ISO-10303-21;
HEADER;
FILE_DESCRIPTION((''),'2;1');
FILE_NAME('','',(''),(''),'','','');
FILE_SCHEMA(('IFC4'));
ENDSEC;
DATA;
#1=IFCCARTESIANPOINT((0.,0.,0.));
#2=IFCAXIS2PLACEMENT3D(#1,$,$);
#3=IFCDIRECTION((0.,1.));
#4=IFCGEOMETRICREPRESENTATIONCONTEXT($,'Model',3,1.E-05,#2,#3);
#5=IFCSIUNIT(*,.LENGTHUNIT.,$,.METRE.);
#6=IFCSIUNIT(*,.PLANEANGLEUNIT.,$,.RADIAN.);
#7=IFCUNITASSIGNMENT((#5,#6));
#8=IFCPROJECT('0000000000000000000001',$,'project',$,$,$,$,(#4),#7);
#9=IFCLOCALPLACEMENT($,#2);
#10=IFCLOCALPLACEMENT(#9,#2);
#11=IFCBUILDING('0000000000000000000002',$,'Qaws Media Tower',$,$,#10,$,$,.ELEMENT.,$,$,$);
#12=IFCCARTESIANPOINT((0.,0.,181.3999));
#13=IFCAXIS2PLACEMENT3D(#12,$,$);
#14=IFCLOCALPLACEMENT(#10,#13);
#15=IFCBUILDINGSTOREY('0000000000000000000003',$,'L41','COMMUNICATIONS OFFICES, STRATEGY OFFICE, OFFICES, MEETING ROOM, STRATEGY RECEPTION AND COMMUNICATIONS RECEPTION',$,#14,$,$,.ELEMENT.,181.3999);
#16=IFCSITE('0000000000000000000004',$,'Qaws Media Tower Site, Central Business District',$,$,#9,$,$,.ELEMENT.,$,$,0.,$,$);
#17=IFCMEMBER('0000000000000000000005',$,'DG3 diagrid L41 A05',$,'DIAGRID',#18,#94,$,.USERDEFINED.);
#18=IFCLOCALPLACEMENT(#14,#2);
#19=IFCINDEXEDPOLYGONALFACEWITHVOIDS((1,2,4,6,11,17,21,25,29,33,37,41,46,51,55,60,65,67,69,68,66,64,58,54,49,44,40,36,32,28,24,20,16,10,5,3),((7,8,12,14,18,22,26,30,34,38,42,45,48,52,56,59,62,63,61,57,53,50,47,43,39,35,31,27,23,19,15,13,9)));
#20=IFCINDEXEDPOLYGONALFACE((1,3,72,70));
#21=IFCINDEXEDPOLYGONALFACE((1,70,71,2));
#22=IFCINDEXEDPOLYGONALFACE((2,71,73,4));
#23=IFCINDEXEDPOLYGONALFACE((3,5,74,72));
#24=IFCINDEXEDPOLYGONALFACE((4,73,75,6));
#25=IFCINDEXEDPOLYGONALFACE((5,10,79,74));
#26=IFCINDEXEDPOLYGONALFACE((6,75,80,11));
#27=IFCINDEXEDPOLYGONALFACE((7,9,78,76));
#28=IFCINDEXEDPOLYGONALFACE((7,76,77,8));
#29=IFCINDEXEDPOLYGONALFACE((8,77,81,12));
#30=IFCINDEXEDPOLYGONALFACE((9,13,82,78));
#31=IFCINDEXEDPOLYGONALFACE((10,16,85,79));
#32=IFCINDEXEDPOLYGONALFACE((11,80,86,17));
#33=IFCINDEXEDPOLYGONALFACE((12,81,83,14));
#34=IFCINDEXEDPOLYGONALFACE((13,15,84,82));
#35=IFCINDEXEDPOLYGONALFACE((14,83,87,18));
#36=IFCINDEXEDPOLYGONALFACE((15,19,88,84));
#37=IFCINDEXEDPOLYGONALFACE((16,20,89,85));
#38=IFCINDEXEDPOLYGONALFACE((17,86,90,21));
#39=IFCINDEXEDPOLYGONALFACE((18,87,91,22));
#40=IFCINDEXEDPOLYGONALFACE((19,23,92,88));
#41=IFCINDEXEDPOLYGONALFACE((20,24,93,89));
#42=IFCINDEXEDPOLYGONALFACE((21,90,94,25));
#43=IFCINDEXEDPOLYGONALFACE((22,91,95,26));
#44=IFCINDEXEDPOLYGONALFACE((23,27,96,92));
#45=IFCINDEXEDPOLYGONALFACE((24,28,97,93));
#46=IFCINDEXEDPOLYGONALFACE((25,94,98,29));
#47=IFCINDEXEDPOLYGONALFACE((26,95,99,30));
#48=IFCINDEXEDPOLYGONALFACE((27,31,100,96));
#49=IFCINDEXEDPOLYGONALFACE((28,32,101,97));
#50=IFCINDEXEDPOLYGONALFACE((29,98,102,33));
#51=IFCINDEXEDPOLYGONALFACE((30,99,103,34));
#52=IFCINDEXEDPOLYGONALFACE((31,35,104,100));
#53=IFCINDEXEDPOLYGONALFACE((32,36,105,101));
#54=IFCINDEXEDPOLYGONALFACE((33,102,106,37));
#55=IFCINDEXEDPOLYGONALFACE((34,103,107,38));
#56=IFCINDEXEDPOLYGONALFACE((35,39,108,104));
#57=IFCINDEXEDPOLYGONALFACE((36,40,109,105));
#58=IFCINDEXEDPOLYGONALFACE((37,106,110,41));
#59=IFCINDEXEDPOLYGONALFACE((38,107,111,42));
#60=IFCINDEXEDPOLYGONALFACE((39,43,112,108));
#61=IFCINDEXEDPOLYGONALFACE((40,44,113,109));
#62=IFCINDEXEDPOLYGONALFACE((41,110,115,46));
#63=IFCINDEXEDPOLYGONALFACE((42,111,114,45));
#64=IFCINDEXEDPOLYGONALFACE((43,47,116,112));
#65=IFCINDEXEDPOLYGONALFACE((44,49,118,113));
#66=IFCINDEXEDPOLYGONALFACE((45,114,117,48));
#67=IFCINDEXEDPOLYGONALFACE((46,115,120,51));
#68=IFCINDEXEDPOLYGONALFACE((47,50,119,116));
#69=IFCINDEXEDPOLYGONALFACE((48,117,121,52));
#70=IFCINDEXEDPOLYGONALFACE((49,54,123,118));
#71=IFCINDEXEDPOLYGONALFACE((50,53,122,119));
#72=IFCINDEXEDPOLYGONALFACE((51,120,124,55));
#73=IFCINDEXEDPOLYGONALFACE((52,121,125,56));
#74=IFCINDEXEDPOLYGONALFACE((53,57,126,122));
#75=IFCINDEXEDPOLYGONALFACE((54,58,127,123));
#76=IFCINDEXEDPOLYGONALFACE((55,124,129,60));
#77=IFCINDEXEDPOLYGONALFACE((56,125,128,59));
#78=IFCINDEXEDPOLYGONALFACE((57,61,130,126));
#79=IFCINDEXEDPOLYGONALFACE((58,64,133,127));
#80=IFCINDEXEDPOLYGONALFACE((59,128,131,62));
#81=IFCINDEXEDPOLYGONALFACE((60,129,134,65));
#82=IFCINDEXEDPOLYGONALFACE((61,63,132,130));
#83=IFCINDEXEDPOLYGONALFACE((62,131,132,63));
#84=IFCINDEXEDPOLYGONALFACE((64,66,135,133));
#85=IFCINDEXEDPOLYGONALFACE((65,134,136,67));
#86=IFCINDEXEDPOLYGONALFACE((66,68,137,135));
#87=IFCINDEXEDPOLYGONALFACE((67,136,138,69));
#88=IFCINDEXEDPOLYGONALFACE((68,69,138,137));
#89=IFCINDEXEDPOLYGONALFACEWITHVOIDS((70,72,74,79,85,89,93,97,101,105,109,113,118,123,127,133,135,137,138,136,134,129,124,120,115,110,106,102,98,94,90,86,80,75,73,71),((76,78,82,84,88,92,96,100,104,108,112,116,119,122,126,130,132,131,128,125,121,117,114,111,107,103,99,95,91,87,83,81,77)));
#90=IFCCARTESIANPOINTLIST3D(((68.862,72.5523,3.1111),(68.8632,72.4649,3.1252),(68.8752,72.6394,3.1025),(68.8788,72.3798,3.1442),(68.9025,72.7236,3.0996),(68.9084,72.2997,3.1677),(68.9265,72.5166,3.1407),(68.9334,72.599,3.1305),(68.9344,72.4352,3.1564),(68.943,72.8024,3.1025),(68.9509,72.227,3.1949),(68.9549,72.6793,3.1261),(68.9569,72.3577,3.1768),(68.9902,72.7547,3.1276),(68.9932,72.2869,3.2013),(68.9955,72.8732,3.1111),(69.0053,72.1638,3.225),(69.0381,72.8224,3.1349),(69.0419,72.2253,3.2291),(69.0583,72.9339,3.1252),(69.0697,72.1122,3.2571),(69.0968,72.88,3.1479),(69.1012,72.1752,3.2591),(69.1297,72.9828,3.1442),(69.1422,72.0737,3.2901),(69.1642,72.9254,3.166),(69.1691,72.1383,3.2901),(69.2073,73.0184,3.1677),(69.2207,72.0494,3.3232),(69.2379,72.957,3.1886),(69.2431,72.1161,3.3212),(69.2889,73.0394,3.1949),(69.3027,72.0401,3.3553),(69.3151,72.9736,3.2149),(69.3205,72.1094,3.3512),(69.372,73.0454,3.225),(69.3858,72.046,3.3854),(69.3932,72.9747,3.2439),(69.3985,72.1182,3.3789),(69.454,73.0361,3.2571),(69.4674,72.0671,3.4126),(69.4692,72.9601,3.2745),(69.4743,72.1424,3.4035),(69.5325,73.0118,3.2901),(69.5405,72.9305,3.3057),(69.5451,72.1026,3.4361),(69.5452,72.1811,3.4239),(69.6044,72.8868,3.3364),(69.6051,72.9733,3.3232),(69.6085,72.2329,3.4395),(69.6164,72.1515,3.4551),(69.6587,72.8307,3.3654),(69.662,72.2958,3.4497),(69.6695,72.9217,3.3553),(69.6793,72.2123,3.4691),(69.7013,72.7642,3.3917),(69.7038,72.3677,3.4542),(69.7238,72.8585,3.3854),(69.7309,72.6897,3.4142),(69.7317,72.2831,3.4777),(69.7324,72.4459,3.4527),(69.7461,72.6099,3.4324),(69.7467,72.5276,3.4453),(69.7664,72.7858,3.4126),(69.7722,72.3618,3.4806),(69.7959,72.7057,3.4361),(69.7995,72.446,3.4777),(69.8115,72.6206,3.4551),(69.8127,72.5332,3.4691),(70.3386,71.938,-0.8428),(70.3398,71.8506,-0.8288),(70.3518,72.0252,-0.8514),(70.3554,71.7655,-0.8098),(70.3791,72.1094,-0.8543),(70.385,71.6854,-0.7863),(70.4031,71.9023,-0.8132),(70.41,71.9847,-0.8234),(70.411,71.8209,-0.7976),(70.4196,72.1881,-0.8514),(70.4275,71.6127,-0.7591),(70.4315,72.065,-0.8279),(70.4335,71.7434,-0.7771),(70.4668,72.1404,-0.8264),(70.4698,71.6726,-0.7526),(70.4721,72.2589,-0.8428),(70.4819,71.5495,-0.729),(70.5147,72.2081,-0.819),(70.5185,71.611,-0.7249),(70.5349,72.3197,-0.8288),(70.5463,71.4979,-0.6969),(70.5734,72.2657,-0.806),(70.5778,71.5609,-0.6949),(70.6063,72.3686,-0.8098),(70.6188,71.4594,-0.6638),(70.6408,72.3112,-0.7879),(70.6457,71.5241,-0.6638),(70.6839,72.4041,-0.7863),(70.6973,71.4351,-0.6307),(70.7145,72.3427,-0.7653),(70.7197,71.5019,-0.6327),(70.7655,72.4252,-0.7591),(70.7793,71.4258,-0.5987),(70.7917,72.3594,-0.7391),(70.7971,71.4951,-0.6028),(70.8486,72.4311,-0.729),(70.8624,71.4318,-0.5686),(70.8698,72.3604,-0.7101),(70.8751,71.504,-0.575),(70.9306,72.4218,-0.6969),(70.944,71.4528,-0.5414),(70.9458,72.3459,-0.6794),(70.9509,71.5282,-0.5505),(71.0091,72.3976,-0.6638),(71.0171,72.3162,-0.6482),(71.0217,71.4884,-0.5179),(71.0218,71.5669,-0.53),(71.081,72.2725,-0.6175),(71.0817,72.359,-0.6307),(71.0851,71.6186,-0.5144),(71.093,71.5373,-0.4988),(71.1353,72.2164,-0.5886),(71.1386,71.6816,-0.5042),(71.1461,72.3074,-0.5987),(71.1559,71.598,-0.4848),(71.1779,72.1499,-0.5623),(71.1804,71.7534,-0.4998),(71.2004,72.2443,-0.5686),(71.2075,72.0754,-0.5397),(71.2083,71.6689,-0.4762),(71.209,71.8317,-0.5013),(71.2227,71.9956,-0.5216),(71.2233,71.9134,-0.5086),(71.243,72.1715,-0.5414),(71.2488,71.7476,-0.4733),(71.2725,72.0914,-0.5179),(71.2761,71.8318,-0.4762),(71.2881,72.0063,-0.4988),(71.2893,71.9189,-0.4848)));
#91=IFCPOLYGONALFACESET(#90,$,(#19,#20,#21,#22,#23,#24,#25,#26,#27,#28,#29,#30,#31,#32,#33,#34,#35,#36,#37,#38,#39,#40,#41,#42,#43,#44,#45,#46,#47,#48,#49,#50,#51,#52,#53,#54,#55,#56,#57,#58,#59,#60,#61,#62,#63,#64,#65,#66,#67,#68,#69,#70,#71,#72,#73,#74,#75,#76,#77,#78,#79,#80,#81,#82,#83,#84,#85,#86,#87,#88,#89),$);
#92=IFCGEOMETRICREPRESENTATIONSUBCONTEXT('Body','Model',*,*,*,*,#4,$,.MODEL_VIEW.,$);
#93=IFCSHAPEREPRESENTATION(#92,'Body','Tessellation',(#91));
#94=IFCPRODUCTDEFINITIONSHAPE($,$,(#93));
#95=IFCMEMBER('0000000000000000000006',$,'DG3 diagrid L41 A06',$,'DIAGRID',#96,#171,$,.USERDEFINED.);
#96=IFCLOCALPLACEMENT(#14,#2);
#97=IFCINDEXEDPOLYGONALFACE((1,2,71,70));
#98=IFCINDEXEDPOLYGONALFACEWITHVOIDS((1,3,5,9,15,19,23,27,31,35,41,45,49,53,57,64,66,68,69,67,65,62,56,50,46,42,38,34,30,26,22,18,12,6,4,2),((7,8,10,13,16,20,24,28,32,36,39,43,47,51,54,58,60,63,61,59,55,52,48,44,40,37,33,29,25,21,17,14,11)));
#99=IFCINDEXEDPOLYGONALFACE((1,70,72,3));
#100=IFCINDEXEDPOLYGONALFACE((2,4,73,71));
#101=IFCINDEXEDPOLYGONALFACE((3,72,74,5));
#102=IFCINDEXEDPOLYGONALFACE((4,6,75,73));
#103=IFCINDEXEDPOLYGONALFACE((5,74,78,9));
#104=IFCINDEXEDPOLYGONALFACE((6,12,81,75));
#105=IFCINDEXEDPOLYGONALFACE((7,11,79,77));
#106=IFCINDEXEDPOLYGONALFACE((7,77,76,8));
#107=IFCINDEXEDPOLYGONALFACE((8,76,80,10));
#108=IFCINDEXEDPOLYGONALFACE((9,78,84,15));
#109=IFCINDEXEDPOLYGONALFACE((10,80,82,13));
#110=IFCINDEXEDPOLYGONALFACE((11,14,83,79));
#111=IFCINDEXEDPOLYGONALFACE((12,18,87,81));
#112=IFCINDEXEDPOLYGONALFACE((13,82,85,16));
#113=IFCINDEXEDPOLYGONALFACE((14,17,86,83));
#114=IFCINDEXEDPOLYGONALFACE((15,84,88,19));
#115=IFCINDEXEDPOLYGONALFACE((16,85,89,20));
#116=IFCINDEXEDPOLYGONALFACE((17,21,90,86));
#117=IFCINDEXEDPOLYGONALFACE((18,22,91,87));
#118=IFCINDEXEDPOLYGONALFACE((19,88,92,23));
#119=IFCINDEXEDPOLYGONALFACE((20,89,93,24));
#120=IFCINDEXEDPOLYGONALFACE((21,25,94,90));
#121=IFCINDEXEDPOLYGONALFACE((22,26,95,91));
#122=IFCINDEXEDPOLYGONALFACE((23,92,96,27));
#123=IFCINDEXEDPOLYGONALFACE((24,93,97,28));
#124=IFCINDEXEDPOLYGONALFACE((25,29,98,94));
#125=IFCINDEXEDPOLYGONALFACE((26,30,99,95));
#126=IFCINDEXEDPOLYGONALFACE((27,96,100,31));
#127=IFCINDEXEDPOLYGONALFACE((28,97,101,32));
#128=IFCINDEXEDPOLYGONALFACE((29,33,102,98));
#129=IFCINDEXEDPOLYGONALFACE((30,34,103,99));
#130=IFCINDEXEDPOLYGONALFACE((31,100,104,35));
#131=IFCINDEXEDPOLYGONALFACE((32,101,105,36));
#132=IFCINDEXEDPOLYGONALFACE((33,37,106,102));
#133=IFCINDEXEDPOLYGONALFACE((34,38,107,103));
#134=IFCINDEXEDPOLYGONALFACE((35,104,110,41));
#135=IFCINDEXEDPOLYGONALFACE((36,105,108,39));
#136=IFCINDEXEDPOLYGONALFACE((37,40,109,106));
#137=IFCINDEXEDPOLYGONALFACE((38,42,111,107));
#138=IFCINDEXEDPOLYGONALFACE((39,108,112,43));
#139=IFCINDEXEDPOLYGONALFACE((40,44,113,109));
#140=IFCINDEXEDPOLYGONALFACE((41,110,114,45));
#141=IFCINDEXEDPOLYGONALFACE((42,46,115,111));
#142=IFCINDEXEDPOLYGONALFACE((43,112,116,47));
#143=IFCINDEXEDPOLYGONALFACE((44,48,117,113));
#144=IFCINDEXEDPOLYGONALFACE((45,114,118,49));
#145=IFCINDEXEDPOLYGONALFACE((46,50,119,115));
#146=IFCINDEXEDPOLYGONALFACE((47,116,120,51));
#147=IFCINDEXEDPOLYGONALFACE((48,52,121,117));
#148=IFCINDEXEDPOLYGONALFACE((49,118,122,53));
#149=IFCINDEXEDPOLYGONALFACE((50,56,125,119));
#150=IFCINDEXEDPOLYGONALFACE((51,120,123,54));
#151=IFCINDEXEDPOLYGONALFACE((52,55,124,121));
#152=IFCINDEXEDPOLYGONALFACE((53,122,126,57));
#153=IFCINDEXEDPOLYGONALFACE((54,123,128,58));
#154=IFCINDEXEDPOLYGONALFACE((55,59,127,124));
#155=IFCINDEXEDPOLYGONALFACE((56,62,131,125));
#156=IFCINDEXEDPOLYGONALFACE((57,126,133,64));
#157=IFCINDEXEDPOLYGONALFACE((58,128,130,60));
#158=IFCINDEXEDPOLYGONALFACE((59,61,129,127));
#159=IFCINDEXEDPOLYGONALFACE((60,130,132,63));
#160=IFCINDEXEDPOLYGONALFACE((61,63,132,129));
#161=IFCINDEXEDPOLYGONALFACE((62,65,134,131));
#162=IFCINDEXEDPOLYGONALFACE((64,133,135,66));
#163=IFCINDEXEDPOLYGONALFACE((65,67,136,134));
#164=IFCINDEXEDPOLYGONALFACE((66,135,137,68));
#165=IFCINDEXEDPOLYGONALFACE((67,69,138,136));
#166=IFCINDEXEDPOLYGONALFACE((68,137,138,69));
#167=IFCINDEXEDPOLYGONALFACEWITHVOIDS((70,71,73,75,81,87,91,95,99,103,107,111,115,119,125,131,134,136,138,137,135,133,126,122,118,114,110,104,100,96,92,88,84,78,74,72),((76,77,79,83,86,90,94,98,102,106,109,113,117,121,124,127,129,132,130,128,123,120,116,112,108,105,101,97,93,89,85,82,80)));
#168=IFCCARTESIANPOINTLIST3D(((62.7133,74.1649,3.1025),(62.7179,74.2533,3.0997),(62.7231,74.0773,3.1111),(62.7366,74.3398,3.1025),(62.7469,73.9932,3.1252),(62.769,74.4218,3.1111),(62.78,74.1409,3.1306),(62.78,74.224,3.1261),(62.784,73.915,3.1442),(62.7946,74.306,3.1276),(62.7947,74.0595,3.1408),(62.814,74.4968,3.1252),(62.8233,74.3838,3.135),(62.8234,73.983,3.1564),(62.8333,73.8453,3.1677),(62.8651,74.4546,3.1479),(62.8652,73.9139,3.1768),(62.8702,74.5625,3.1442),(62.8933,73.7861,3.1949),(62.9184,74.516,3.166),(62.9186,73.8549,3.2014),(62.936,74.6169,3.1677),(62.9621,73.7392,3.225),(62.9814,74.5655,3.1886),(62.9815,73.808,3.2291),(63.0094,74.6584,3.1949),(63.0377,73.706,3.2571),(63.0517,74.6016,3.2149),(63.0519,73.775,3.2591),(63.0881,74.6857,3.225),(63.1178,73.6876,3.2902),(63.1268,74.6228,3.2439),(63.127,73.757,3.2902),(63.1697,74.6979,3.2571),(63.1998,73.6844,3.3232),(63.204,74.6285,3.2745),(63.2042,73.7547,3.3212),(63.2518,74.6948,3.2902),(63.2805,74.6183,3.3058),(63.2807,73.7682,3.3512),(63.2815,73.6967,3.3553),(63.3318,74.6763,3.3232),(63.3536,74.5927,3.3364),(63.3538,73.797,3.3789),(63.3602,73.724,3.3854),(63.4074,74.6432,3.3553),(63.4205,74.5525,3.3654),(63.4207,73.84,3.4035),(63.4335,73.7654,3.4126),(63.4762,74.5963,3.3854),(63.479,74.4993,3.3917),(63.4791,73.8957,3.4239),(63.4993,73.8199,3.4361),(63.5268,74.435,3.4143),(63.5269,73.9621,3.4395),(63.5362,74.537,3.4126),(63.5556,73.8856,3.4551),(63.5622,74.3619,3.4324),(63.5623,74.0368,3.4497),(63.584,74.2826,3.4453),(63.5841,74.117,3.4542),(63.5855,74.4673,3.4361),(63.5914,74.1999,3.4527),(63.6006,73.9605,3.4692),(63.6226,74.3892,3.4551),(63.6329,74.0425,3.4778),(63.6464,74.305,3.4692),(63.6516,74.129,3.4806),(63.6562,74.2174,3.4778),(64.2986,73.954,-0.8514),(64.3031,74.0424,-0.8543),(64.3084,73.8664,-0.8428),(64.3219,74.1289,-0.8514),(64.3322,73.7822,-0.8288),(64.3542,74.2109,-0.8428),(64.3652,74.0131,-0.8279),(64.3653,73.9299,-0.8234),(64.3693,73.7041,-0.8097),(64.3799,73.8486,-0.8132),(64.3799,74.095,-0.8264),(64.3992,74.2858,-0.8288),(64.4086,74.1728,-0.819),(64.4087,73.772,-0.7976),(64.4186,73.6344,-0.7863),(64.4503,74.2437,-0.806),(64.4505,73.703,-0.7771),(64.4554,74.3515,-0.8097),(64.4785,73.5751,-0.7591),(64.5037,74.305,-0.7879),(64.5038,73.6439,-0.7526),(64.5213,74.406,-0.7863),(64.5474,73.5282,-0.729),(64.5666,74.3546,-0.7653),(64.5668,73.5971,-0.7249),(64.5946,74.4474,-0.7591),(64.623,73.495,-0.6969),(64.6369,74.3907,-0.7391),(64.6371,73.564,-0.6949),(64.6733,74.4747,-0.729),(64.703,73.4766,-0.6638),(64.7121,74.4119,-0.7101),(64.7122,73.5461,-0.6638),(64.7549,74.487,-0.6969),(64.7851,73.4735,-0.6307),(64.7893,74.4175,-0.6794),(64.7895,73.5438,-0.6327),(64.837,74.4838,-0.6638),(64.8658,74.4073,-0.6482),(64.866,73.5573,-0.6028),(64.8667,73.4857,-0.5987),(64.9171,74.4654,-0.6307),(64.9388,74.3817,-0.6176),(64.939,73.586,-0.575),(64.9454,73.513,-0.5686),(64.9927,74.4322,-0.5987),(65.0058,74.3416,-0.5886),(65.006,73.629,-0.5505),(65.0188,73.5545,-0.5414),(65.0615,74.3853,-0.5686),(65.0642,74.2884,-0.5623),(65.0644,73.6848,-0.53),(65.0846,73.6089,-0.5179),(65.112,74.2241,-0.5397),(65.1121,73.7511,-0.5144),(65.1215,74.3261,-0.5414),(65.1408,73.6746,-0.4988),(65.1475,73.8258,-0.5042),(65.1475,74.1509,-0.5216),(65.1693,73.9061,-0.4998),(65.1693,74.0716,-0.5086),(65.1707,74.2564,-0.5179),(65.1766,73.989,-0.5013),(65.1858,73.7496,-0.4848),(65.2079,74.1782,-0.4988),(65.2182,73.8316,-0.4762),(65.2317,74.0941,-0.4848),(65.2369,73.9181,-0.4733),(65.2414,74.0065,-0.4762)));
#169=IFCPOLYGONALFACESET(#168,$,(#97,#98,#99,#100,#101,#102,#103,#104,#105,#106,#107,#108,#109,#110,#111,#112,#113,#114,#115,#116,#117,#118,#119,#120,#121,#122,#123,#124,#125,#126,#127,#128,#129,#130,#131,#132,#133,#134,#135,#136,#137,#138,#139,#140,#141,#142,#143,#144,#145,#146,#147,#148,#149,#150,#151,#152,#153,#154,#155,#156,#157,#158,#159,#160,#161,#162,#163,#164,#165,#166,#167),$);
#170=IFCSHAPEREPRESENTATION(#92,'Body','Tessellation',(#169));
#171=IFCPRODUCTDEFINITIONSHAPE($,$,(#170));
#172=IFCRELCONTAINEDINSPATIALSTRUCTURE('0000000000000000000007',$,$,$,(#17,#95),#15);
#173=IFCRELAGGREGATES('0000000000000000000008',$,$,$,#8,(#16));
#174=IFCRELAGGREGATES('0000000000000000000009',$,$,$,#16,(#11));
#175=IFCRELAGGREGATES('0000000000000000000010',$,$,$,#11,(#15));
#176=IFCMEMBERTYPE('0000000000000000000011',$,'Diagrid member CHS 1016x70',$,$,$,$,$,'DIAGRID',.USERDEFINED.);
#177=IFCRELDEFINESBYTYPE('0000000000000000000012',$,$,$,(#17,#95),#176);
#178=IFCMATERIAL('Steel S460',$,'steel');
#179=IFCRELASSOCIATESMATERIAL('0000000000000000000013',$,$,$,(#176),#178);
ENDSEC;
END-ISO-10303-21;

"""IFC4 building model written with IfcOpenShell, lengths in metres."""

from ifc_helpers import new_model, si_unit, direction, frame, origin, origin_2d, place, context, subcontext, project, spatial, hollow_circle, extrude, material, material_profile, profile_set, type_object, element, save


model = new_model("IFC4")

# Units and contexts
model_context = context("Model", 3, precision=1e-05, world=origin(), true_north=direction((0.0, 1.0)))
body_context = subcontext(model_context, "Body", "Model", "MODEL_VIEW")
ifc_project = project(units=[si_unit("LENGTHUNIT", "METRE"), si_unit("PLANEANGLEUNIT", "RADIAN")], contexts=[model_context])

# Site, building, storey
site_placement = place(None, origin())
site = spatial("IfcSite", under=ifc_project, at=site_placement, Name="Qaws Media Tower Site, Central Business District", CompositionType="ELEMENT", RefElevation=0.0)
building_placement = place(site_placement, origin())
building = spatial("IfcBuilding", under=site, at=building_placement, Name="Qaws Media Tower", CompositionType="ELEMENT")
storey_placement = place(building_placement, frame((0.0, 0.0, 181.3999)))
storey = spatial("IfcBuildingStorey", under=building, at=storey_placement, Name="L41", Description="COMMUNICATIONS OFFICES, STRATEGY OFFICE, OFFICES, MEETING ROOM, STRATEGY RECEPTION AND COMMUNICATIONS RECEPTION", CompositionType="ELEMENT", Elevation=181.3999)

# Members
ifc_material_1 = material(Name="Steel S460", Category="steel")
ifc_material_profile_1 = material_profile(ifc_material_1, hollow_circle(Radius=0.5081, WallThickness=0.0701, at=origin_2d()), Name="CHS 1016x70")
ifc_profile_set_1 = profile_set([ifc_material_profile_1], Name="Steel S460")
member_type_1 = type_object("IfcMemberType", Name="Diagrid member CHS 1016x70", ElementType="DIAGRID", PredefinedType="USERDEFINED", material=ifc_profile_set_1)
for number, where, z_axis, x_axis, name in (
    (1, (70.814, 71.9285, -0.6638), (-0.346202, 0.144022, 0.927039), (-0.384095, -0.923294, 0.0), "DG3 diagrid L41 A05"),
    (2, (64.77, 73.9802, -0.6638), (-0.371676, 0.049458, 0.927044), (-0.131904, -0.991263, 0.0), "DG3 diagrid L41 A06"),
):
    element("IfcMember", number, at=place(storey_placement, frame(where, z_axis=z_axis, x_axis=x_axis)), inside=storey, type_object=member_type_1, Name=name, ObjectType="DIAGRID", PredefinedType="USERDEFINED", context=body_context, shape_type="SweptSolid", body=[
        extrude(hollow_circle(Radius=0.5081, WallThickness=0.0701, at=origin_2d()), origin(), (0.0, 0.0, 1.0), 4.2651),
    ])

save(model, "model.ifc")
